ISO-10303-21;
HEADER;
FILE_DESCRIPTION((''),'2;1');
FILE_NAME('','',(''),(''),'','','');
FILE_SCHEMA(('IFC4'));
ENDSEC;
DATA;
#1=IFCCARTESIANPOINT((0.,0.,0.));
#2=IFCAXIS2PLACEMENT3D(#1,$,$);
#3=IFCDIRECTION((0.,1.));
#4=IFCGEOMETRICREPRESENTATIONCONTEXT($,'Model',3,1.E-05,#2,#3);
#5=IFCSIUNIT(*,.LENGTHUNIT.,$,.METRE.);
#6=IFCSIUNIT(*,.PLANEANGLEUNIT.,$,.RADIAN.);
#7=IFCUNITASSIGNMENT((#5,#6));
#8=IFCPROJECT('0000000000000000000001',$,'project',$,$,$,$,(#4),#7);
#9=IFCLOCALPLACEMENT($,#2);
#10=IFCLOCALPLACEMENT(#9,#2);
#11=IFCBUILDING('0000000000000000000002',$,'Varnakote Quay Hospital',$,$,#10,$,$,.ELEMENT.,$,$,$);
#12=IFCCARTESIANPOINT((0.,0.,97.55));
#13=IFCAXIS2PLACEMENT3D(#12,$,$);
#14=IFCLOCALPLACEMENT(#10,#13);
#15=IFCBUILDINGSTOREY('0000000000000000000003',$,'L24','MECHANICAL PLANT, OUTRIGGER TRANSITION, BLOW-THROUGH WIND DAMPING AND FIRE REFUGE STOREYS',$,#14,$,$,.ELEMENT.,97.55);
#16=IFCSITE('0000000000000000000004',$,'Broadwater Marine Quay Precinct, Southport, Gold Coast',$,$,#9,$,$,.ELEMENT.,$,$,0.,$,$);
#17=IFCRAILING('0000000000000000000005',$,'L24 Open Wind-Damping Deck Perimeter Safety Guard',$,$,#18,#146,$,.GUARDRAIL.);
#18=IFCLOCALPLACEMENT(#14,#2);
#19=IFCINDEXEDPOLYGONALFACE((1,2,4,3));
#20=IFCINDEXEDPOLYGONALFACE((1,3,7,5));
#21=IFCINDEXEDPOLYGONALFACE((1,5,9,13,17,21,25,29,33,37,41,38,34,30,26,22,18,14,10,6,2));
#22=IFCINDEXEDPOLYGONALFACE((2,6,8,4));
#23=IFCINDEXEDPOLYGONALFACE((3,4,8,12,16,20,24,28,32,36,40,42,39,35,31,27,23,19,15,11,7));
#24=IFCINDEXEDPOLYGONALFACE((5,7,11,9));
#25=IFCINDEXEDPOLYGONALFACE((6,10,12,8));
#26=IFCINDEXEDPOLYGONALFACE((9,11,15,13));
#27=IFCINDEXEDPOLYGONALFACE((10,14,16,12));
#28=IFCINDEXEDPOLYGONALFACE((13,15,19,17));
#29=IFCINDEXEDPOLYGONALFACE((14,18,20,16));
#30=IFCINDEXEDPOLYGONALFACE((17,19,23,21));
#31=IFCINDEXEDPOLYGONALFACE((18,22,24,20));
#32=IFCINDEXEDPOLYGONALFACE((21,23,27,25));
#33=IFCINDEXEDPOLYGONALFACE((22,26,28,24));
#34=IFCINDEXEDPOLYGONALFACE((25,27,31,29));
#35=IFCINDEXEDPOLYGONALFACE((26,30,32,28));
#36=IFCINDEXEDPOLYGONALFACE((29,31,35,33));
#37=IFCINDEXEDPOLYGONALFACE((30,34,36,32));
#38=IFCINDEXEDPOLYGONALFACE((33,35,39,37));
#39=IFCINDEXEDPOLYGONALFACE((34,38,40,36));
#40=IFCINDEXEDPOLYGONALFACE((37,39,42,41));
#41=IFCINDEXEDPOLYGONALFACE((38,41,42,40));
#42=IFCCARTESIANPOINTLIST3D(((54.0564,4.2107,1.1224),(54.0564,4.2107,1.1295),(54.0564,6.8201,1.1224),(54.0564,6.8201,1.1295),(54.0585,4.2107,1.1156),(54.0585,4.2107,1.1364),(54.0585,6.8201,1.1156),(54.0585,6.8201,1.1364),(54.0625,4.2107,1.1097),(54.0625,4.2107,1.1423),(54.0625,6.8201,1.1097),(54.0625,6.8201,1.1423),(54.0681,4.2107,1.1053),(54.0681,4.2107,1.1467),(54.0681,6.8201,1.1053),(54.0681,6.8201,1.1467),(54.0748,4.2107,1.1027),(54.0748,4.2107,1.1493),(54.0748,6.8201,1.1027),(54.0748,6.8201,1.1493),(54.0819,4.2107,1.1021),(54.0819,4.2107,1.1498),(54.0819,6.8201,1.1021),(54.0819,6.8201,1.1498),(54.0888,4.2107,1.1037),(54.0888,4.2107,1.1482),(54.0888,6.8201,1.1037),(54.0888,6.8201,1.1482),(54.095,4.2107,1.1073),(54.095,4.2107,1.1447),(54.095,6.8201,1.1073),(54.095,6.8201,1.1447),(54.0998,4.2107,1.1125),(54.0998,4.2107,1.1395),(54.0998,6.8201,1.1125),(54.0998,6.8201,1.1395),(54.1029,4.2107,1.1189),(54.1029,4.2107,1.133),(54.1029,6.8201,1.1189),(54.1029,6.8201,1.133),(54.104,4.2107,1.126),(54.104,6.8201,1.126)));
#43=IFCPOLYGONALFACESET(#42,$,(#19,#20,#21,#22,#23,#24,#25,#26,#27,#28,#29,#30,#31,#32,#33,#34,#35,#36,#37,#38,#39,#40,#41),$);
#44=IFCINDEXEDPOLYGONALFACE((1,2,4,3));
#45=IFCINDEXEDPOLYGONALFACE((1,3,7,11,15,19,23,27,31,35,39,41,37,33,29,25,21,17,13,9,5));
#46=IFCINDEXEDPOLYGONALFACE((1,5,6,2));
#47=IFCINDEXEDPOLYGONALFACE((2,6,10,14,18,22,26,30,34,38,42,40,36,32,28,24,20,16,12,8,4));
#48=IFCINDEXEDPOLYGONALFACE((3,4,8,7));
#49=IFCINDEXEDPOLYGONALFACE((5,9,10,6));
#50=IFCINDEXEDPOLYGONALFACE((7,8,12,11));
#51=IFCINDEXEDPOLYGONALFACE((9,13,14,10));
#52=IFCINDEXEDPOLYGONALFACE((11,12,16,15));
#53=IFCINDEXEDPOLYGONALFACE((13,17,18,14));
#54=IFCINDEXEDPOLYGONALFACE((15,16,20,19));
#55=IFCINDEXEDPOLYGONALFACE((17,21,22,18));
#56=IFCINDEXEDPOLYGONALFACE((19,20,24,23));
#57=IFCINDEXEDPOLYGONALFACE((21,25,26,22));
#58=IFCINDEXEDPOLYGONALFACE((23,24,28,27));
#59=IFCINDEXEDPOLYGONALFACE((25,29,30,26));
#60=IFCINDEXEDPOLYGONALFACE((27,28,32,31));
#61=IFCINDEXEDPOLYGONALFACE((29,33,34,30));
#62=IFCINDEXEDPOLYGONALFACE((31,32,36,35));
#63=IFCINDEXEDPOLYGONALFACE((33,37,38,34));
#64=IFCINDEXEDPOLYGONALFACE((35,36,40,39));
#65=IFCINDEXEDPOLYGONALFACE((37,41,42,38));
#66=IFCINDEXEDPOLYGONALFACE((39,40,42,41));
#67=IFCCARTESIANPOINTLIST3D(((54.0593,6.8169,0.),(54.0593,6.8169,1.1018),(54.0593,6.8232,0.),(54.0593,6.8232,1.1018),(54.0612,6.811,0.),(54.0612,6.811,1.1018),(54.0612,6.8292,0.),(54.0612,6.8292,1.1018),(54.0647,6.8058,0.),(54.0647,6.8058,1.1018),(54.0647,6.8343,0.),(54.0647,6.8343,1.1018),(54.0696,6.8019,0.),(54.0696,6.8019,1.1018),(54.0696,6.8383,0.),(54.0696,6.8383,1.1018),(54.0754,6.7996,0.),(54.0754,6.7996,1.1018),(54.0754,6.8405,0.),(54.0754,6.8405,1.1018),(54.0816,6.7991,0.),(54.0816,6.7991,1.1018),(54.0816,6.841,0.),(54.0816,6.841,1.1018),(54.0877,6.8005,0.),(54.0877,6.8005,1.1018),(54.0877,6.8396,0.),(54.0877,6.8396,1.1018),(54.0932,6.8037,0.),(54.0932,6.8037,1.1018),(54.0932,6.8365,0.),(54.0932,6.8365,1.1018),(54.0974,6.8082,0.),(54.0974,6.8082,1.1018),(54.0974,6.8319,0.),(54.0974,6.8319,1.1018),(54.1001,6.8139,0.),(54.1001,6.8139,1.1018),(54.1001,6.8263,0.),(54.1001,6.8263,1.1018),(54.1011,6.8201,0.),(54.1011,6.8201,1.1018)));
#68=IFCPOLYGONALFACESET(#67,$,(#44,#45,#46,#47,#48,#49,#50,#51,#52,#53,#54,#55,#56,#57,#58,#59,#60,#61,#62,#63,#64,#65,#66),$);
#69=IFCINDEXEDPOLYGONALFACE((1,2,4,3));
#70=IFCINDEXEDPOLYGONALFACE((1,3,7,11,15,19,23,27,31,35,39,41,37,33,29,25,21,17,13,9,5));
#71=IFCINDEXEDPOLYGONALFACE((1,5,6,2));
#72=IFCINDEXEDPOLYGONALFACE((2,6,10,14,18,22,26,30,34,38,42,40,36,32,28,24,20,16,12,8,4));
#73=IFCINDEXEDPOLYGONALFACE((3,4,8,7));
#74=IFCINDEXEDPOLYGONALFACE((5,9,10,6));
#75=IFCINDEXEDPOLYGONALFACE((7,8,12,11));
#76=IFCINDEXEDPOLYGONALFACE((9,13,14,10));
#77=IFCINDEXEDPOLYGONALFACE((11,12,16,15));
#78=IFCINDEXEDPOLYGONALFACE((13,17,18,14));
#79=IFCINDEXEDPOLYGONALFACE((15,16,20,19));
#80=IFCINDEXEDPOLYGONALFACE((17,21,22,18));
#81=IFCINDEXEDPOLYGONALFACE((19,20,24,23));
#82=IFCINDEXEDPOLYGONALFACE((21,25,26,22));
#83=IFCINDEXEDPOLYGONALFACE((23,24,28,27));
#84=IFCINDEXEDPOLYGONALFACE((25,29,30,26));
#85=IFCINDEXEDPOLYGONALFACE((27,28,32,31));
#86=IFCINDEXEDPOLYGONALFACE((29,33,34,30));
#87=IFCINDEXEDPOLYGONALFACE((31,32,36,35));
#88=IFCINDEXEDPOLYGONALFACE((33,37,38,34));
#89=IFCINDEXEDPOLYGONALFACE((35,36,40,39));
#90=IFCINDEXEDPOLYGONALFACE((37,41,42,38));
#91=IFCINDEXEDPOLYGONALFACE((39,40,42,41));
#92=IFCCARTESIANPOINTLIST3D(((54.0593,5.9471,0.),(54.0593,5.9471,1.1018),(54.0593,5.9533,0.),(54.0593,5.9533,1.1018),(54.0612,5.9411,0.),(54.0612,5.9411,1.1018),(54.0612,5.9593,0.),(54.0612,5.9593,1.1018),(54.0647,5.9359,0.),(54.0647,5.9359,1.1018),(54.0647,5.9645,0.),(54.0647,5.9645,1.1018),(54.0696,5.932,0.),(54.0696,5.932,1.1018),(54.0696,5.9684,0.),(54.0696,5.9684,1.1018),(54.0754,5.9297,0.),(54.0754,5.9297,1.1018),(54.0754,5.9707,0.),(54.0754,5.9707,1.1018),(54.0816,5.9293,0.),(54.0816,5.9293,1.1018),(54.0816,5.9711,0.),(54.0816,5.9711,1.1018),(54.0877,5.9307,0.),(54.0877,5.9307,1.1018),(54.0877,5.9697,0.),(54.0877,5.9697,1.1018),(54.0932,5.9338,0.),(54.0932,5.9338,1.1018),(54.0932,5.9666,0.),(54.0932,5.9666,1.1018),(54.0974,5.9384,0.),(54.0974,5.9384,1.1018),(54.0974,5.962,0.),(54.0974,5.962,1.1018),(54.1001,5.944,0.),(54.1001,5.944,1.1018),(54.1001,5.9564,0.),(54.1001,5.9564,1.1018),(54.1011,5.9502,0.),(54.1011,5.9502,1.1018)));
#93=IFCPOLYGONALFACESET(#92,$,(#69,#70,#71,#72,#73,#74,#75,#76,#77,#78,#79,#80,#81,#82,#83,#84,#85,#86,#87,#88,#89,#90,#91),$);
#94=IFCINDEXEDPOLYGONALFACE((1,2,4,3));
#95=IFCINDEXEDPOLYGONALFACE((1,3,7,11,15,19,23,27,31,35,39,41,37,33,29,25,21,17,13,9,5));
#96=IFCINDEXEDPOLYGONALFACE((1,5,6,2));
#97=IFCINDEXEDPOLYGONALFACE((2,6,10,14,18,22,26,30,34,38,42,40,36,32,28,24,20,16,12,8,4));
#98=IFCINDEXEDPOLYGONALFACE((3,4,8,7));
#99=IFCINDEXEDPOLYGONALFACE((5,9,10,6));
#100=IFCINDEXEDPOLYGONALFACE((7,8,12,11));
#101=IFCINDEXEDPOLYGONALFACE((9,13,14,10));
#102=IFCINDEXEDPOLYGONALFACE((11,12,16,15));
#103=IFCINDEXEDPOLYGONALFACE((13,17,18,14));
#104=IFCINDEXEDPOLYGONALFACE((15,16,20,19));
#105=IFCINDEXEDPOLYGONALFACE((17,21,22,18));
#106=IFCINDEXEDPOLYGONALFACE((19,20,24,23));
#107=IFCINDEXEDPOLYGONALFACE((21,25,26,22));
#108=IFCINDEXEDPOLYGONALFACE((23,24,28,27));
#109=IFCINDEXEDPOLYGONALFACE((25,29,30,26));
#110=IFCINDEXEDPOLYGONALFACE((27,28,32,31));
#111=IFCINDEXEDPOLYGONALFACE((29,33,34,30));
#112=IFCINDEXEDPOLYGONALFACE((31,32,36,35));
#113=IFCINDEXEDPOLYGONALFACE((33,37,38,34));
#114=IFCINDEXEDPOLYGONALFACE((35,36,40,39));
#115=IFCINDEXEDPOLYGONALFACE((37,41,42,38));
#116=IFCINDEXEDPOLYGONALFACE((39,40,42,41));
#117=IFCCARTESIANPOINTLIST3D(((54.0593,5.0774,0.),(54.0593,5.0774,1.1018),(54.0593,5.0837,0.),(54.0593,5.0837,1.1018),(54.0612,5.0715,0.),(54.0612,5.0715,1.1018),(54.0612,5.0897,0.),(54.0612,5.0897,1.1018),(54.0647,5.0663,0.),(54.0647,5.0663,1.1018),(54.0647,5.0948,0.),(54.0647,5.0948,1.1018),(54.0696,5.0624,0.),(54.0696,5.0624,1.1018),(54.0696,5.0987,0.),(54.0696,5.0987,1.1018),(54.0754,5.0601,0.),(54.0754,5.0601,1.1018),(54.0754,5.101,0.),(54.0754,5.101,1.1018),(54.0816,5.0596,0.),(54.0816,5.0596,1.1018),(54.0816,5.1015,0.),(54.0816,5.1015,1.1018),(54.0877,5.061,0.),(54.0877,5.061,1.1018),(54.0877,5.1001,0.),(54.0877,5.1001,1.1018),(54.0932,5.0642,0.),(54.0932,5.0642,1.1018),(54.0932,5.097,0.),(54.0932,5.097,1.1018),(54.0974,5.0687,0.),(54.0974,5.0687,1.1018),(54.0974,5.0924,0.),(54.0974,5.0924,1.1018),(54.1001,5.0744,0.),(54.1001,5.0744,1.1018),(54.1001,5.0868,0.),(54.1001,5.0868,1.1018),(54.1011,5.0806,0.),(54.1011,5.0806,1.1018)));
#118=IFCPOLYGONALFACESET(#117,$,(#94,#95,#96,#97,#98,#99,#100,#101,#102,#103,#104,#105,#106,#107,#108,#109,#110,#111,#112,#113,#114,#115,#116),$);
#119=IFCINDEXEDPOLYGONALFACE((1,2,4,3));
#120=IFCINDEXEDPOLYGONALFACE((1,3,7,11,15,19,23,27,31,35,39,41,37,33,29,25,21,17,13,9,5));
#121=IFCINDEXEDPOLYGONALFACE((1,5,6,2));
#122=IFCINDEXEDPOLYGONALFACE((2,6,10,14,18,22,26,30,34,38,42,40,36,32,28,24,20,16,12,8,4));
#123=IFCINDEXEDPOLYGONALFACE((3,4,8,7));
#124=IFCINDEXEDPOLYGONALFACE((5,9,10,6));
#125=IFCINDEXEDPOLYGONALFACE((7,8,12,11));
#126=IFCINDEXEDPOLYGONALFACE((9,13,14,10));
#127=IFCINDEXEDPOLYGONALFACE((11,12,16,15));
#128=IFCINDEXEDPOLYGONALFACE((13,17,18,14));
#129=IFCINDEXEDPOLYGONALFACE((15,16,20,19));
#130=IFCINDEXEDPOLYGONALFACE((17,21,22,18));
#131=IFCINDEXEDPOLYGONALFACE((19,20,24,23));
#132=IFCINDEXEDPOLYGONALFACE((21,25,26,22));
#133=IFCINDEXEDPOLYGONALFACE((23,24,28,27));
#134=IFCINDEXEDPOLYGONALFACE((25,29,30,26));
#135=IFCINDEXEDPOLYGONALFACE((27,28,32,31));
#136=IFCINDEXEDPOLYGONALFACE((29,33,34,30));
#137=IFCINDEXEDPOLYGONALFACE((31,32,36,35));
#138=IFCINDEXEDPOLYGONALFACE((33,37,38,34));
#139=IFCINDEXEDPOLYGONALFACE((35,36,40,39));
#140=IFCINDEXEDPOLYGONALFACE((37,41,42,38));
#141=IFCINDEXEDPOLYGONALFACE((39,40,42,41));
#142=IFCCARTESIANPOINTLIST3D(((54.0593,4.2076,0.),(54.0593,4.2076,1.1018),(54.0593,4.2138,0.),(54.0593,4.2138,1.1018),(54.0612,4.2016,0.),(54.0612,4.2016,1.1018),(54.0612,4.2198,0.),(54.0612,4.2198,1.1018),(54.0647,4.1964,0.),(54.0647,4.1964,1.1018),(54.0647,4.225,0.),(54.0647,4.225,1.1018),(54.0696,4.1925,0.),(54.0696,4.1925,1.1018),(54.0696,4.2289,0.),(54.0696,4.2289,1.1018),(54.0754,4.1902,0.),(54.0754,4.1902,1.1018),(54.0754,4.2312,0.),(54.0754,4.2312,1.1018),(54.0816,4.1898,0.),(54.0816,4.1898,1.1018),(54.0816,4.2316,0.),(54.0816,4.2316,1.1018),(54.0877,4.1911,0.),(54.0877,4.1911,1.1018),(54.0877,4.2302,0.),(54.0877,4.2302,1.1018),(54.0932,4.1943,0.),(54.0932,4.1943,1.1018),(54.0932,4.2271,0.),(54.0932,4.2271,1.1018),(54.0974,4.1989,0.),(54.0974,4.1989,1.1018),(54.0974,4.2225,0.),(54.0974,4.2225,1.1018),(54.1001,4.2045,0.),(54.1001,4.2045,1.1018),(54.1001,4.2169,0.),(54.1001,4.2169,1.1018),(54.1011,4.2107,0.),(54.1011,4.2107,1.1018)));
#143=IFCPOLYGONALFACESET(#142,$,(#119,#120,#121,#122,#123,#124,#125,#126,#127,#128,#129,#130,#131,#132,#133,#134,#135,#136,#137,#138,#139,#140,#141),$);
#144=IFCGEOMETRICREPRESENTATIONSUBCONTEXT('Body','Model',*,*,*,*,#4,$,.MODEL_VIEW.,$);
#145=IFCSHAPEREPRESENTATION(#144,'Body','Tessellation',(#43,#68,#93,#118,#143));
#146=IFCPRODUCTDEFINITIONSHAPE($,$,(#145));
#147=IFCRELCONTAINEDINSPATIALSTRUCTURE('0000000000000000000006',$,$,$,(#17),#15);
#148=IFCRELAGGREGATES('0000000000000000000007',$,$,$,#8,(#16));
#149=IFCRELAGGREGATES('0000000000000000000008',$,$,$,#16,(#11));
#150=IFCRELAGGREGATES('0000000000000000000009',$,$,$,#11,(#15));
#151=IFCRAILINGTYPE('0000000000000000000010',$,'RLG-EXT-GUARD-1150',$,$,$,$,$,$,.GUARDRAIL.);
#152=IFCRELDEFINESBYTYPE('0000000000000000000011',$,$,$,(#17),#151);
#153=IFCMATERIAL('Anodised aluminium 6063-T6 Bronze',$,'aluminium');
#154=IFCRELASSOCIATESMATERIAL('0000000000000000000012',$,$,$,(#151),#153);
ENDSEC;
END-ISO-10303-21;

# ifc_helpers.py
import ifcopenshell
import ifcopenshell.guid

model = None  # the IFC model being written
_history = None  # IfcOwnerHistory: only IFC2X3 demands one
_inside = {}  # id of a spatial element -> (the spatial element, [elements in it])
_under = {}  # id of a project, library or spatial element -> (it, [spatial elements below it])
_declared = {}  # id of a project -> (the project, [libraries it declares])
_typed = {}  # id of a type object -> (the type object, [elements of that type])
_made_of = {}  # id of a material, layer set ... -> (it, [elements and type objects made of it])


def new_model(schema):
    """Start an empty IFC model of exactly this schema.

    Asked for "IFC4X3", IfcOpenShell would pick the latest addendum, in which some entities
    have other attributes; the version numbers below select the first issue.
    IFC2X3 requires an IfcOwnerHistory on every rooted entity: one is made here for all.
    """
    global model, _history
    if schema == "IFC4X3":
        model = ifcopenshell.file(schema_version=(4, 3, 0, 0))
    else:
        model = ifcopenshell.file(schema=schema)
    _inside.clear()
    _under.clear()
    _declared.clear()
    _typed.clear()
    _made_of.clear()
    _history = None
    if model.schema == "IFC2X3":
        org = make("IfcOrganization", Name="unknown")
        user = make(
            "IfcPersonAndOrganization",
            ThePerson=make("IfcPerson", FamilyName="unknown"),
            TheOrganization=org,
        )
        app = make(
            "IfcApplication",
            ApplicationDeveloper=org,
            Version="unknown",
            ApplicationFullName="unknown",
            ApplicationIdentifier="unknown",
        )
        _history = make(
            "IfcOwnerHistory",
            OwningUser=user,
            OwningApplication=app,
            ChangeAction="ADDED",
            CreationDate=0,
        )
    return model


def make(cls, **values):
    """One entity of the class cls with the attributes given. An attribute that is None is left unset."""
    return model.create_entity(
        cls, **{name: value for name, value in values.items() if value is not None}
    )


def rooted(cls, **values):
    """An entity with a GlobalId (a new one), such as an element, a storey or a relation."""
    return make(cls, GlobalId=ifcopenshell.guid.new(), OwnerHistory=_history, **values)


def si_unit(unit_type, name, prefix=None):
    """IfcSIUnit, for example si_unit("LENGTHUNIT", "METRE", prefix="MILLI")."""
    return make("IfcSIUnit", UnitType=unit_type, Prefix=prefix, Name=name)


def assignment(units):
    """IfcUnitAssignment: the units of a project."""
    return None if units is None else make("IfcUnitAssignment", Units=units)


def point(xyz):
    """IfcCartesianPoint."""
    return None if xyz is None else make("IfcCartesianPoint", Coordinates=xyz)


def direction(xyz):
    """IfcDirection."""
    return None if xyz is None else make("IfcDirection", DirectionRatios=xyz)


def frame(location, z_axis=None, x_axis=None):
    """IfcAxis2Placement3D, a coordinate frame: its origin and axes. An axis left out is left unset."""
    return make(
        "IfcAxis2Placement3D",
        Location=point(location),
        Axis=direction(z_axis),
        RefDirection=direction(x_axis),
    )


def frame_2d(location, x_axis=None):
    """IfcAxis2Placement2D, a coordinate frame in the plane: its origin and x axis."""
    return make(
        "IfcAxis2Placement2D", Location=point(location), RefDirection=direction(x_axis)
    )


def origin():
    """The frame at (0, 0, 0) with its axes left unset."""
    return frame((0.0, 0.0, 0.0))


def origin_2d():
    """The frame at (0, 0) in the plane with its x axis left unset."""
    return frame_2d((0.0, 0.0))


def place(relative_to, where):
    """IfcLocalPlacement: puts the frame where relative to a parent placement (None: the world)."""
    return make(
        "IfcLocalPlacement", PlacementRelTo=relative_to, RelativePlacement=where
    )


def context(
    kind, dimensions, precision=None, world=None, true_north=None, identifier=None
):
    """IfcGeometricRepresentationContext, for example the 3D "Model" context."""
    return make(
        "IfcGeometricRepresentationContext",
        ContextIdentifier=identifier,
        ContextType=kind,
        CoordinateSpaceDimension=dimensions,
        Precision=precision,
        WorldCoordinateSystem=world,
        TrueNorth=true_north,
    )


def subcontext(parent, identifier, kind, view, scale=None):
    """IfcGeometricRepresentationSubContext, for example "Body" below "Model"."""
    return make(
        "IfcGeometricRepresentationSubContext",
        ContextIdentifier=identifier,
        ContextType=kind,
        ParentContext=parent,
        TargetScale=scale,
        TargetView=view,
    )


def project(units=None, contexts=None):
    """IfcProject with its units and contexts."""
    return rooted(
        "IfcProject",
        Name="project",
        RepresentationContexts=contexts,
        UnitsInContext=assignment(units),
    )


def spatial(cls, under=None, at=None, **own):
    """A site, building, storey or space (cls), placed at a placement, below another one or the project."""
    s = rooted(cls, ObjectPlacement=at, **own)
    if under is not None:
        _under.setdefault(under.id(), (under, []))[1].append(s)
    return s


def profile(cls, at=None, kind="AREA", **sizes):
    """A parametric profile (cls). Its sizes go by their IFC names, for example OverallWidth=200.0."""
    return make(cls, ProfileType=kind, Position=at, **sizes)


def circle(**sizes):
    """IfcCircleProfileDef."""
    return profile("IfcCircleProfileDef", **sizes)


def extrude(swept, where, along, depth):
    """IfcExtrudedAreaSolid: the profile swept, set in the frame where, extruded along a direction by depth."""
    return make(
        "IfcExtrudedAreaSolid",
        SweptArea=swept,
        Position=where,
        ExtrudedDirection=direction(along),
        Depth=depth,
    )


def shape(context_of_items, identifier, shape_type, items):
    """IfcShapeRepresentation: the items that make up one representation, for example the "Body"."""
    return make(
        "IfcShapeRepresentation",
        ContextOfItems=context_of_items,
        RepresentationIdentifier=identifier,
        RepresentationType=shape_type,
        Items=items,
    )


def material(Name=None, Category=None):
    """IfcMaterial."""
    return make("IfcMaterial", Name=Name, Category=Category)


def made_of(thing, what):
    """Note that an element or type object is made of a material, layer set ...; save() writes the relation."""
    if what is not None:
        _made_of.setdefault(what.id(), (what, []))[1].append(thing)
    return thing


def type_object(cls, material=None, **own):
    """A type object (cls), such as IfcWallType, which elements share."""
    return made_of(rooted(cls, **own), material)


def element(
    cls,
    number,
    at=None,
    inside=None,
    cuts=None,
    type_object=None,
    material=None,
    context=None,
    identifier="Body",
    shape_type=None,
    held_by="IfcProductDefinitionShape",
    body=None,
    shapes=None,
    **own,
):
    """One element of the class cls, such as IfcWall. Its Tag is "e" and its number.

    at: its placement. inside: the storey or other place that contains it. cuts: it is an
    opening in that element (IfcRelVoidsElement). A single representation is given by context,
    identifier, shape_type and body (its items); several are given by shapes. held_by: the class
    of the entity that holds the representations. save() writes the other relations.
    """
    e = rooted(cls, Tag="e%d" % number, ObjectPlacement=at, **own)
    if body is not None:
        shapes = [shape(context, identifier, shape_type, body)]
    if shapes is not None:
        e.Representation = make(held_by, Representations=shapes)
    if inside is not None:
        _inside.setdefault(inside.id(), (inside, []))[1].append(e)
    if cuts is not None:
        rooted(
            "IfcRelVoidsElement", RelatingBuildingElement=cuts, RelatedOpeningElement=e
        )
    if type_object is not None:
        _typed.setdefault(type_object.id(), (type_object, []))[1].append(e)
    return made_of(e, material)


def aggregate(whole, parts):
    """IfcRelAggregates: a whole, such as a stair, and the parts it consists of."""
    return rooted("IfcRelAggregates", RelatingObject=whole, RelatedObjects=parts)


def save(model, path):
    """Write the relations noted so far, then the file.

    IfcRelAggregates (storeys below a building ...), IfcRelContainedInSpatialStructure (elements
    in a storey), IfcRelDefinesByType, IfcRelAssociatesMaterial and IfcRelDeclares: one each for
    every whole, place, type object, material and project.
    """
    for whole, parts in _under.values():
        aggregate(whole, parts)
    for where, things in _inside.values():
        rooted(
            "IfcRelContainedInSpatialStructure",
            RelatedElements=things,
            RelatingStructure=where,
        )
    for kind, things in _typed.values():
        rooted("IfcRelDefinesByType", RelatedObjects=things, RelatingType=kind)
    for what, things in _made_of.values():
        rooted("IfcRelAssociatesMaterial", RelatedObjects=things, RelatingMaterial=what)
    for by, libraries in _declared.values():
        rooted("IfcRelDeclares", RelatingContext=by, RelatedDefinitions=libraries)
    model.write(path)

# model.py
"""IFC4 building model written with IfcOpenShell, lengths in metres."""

from ifc_helpers import new_model, si_unit, direction, frame, origin, origin_2d, place, context, subcontext, project, spatial, circle, extrude, material, type_object, element, save


model = new_model("IFC4")

# Units and contexts
model_context = context("Model", 3, precision=1e-05, world=origin(), true_north=direction((0.0, 1.0)))
body_context = subcontext(model_context, "Body", "Model", "MODEL_VIEW")
ifc_project = project(units=[si_unit("LENGTHUNIT", "METRE"), si_unit("PLANEANGLEUNIT", "RADIAN")], contexts=[model_context])

# Site, building, storey
site_placement = place(None, origin())
site = spatial("IfcSite", under=ifc_project, at=site_placement, Name="Broadwater Marine Quay Precinct, Southport, Gold Coast", CompositionType="ELEMENT", RefElevation=0.0)
building_placement = place(site_placement, origin())
building = spatial("IfcBuilding", under=site, at=building_placement, Name="Varnakote Quay Hospital", CompositionType="ELEMENT")
storey_placement = place(building_placement, frame((0.0, 0.0, 97.55)))
storey = spatial("IfcBuildingStorey", under=building, at=storey_placement, Name="L24", Description="MECHANICAL PLANT, OUTRIGGER TRANSITION, BLOW-THROUGH WIND DAMPING AND FIRE REFUGE STOREYS", CompositionType="ELEMENT", Elevation=97.55)

# Railing
ifc_material_1 = material(Name="Anodised aluminium 6063-T6 Bronze", Category="aluminium")
railing_type_1 = type_object("IfcRailingType", Name="RLG-EXT-GUARD-1150", PredefinedType="GUARDRAIL", material=ifc_material_1)
railing_1_placement = place(storey_placement, frame((54.0801, 6.8201, 0.0)))
element("IfcRailing", 1, at=railing_1_placement, inside=storey, type_object=railing_type_1, Name="L24 Open Wind-Damping Deck Perimeter Safety Guard", PredefinedType="GUARDRAIL", context=body_context, shape_type="SweptSolid", body=[
    extrude(circle(Radius=0.0239, at=origin_2d()), frame((0.0, 0.0, 1.126), z_axis=(0.0, -1.0, 0.0), x_axis=(1.0, 0.0, 0.0)), (0.0, 0.0, 1.0), 2.6094),
    extrude(circle(Radius=0.021, at=origin_2d()), origin(), (0.0, 0.0, 1.0), 1.1018),
    extrude(circle(Radius=0.021, at=origin_2d()), frame((0.0, -0.8699, 0.0)), (0.0, 0.0, 1.0), 1.1018),
    extrude(circle(Radius=0.021, at=origin_2d()), frame((0.0, -1.7395, 0.0)), (0.0, 0.0, 1.0), 1.1018),
    extrude(circle(Radius=0.021, at=origin_2d()), frame((0.0, -2.6094, 0.0)), (0.0, 0.0, 1.0), 1.1018),
])

save(model, "model.ifc")
